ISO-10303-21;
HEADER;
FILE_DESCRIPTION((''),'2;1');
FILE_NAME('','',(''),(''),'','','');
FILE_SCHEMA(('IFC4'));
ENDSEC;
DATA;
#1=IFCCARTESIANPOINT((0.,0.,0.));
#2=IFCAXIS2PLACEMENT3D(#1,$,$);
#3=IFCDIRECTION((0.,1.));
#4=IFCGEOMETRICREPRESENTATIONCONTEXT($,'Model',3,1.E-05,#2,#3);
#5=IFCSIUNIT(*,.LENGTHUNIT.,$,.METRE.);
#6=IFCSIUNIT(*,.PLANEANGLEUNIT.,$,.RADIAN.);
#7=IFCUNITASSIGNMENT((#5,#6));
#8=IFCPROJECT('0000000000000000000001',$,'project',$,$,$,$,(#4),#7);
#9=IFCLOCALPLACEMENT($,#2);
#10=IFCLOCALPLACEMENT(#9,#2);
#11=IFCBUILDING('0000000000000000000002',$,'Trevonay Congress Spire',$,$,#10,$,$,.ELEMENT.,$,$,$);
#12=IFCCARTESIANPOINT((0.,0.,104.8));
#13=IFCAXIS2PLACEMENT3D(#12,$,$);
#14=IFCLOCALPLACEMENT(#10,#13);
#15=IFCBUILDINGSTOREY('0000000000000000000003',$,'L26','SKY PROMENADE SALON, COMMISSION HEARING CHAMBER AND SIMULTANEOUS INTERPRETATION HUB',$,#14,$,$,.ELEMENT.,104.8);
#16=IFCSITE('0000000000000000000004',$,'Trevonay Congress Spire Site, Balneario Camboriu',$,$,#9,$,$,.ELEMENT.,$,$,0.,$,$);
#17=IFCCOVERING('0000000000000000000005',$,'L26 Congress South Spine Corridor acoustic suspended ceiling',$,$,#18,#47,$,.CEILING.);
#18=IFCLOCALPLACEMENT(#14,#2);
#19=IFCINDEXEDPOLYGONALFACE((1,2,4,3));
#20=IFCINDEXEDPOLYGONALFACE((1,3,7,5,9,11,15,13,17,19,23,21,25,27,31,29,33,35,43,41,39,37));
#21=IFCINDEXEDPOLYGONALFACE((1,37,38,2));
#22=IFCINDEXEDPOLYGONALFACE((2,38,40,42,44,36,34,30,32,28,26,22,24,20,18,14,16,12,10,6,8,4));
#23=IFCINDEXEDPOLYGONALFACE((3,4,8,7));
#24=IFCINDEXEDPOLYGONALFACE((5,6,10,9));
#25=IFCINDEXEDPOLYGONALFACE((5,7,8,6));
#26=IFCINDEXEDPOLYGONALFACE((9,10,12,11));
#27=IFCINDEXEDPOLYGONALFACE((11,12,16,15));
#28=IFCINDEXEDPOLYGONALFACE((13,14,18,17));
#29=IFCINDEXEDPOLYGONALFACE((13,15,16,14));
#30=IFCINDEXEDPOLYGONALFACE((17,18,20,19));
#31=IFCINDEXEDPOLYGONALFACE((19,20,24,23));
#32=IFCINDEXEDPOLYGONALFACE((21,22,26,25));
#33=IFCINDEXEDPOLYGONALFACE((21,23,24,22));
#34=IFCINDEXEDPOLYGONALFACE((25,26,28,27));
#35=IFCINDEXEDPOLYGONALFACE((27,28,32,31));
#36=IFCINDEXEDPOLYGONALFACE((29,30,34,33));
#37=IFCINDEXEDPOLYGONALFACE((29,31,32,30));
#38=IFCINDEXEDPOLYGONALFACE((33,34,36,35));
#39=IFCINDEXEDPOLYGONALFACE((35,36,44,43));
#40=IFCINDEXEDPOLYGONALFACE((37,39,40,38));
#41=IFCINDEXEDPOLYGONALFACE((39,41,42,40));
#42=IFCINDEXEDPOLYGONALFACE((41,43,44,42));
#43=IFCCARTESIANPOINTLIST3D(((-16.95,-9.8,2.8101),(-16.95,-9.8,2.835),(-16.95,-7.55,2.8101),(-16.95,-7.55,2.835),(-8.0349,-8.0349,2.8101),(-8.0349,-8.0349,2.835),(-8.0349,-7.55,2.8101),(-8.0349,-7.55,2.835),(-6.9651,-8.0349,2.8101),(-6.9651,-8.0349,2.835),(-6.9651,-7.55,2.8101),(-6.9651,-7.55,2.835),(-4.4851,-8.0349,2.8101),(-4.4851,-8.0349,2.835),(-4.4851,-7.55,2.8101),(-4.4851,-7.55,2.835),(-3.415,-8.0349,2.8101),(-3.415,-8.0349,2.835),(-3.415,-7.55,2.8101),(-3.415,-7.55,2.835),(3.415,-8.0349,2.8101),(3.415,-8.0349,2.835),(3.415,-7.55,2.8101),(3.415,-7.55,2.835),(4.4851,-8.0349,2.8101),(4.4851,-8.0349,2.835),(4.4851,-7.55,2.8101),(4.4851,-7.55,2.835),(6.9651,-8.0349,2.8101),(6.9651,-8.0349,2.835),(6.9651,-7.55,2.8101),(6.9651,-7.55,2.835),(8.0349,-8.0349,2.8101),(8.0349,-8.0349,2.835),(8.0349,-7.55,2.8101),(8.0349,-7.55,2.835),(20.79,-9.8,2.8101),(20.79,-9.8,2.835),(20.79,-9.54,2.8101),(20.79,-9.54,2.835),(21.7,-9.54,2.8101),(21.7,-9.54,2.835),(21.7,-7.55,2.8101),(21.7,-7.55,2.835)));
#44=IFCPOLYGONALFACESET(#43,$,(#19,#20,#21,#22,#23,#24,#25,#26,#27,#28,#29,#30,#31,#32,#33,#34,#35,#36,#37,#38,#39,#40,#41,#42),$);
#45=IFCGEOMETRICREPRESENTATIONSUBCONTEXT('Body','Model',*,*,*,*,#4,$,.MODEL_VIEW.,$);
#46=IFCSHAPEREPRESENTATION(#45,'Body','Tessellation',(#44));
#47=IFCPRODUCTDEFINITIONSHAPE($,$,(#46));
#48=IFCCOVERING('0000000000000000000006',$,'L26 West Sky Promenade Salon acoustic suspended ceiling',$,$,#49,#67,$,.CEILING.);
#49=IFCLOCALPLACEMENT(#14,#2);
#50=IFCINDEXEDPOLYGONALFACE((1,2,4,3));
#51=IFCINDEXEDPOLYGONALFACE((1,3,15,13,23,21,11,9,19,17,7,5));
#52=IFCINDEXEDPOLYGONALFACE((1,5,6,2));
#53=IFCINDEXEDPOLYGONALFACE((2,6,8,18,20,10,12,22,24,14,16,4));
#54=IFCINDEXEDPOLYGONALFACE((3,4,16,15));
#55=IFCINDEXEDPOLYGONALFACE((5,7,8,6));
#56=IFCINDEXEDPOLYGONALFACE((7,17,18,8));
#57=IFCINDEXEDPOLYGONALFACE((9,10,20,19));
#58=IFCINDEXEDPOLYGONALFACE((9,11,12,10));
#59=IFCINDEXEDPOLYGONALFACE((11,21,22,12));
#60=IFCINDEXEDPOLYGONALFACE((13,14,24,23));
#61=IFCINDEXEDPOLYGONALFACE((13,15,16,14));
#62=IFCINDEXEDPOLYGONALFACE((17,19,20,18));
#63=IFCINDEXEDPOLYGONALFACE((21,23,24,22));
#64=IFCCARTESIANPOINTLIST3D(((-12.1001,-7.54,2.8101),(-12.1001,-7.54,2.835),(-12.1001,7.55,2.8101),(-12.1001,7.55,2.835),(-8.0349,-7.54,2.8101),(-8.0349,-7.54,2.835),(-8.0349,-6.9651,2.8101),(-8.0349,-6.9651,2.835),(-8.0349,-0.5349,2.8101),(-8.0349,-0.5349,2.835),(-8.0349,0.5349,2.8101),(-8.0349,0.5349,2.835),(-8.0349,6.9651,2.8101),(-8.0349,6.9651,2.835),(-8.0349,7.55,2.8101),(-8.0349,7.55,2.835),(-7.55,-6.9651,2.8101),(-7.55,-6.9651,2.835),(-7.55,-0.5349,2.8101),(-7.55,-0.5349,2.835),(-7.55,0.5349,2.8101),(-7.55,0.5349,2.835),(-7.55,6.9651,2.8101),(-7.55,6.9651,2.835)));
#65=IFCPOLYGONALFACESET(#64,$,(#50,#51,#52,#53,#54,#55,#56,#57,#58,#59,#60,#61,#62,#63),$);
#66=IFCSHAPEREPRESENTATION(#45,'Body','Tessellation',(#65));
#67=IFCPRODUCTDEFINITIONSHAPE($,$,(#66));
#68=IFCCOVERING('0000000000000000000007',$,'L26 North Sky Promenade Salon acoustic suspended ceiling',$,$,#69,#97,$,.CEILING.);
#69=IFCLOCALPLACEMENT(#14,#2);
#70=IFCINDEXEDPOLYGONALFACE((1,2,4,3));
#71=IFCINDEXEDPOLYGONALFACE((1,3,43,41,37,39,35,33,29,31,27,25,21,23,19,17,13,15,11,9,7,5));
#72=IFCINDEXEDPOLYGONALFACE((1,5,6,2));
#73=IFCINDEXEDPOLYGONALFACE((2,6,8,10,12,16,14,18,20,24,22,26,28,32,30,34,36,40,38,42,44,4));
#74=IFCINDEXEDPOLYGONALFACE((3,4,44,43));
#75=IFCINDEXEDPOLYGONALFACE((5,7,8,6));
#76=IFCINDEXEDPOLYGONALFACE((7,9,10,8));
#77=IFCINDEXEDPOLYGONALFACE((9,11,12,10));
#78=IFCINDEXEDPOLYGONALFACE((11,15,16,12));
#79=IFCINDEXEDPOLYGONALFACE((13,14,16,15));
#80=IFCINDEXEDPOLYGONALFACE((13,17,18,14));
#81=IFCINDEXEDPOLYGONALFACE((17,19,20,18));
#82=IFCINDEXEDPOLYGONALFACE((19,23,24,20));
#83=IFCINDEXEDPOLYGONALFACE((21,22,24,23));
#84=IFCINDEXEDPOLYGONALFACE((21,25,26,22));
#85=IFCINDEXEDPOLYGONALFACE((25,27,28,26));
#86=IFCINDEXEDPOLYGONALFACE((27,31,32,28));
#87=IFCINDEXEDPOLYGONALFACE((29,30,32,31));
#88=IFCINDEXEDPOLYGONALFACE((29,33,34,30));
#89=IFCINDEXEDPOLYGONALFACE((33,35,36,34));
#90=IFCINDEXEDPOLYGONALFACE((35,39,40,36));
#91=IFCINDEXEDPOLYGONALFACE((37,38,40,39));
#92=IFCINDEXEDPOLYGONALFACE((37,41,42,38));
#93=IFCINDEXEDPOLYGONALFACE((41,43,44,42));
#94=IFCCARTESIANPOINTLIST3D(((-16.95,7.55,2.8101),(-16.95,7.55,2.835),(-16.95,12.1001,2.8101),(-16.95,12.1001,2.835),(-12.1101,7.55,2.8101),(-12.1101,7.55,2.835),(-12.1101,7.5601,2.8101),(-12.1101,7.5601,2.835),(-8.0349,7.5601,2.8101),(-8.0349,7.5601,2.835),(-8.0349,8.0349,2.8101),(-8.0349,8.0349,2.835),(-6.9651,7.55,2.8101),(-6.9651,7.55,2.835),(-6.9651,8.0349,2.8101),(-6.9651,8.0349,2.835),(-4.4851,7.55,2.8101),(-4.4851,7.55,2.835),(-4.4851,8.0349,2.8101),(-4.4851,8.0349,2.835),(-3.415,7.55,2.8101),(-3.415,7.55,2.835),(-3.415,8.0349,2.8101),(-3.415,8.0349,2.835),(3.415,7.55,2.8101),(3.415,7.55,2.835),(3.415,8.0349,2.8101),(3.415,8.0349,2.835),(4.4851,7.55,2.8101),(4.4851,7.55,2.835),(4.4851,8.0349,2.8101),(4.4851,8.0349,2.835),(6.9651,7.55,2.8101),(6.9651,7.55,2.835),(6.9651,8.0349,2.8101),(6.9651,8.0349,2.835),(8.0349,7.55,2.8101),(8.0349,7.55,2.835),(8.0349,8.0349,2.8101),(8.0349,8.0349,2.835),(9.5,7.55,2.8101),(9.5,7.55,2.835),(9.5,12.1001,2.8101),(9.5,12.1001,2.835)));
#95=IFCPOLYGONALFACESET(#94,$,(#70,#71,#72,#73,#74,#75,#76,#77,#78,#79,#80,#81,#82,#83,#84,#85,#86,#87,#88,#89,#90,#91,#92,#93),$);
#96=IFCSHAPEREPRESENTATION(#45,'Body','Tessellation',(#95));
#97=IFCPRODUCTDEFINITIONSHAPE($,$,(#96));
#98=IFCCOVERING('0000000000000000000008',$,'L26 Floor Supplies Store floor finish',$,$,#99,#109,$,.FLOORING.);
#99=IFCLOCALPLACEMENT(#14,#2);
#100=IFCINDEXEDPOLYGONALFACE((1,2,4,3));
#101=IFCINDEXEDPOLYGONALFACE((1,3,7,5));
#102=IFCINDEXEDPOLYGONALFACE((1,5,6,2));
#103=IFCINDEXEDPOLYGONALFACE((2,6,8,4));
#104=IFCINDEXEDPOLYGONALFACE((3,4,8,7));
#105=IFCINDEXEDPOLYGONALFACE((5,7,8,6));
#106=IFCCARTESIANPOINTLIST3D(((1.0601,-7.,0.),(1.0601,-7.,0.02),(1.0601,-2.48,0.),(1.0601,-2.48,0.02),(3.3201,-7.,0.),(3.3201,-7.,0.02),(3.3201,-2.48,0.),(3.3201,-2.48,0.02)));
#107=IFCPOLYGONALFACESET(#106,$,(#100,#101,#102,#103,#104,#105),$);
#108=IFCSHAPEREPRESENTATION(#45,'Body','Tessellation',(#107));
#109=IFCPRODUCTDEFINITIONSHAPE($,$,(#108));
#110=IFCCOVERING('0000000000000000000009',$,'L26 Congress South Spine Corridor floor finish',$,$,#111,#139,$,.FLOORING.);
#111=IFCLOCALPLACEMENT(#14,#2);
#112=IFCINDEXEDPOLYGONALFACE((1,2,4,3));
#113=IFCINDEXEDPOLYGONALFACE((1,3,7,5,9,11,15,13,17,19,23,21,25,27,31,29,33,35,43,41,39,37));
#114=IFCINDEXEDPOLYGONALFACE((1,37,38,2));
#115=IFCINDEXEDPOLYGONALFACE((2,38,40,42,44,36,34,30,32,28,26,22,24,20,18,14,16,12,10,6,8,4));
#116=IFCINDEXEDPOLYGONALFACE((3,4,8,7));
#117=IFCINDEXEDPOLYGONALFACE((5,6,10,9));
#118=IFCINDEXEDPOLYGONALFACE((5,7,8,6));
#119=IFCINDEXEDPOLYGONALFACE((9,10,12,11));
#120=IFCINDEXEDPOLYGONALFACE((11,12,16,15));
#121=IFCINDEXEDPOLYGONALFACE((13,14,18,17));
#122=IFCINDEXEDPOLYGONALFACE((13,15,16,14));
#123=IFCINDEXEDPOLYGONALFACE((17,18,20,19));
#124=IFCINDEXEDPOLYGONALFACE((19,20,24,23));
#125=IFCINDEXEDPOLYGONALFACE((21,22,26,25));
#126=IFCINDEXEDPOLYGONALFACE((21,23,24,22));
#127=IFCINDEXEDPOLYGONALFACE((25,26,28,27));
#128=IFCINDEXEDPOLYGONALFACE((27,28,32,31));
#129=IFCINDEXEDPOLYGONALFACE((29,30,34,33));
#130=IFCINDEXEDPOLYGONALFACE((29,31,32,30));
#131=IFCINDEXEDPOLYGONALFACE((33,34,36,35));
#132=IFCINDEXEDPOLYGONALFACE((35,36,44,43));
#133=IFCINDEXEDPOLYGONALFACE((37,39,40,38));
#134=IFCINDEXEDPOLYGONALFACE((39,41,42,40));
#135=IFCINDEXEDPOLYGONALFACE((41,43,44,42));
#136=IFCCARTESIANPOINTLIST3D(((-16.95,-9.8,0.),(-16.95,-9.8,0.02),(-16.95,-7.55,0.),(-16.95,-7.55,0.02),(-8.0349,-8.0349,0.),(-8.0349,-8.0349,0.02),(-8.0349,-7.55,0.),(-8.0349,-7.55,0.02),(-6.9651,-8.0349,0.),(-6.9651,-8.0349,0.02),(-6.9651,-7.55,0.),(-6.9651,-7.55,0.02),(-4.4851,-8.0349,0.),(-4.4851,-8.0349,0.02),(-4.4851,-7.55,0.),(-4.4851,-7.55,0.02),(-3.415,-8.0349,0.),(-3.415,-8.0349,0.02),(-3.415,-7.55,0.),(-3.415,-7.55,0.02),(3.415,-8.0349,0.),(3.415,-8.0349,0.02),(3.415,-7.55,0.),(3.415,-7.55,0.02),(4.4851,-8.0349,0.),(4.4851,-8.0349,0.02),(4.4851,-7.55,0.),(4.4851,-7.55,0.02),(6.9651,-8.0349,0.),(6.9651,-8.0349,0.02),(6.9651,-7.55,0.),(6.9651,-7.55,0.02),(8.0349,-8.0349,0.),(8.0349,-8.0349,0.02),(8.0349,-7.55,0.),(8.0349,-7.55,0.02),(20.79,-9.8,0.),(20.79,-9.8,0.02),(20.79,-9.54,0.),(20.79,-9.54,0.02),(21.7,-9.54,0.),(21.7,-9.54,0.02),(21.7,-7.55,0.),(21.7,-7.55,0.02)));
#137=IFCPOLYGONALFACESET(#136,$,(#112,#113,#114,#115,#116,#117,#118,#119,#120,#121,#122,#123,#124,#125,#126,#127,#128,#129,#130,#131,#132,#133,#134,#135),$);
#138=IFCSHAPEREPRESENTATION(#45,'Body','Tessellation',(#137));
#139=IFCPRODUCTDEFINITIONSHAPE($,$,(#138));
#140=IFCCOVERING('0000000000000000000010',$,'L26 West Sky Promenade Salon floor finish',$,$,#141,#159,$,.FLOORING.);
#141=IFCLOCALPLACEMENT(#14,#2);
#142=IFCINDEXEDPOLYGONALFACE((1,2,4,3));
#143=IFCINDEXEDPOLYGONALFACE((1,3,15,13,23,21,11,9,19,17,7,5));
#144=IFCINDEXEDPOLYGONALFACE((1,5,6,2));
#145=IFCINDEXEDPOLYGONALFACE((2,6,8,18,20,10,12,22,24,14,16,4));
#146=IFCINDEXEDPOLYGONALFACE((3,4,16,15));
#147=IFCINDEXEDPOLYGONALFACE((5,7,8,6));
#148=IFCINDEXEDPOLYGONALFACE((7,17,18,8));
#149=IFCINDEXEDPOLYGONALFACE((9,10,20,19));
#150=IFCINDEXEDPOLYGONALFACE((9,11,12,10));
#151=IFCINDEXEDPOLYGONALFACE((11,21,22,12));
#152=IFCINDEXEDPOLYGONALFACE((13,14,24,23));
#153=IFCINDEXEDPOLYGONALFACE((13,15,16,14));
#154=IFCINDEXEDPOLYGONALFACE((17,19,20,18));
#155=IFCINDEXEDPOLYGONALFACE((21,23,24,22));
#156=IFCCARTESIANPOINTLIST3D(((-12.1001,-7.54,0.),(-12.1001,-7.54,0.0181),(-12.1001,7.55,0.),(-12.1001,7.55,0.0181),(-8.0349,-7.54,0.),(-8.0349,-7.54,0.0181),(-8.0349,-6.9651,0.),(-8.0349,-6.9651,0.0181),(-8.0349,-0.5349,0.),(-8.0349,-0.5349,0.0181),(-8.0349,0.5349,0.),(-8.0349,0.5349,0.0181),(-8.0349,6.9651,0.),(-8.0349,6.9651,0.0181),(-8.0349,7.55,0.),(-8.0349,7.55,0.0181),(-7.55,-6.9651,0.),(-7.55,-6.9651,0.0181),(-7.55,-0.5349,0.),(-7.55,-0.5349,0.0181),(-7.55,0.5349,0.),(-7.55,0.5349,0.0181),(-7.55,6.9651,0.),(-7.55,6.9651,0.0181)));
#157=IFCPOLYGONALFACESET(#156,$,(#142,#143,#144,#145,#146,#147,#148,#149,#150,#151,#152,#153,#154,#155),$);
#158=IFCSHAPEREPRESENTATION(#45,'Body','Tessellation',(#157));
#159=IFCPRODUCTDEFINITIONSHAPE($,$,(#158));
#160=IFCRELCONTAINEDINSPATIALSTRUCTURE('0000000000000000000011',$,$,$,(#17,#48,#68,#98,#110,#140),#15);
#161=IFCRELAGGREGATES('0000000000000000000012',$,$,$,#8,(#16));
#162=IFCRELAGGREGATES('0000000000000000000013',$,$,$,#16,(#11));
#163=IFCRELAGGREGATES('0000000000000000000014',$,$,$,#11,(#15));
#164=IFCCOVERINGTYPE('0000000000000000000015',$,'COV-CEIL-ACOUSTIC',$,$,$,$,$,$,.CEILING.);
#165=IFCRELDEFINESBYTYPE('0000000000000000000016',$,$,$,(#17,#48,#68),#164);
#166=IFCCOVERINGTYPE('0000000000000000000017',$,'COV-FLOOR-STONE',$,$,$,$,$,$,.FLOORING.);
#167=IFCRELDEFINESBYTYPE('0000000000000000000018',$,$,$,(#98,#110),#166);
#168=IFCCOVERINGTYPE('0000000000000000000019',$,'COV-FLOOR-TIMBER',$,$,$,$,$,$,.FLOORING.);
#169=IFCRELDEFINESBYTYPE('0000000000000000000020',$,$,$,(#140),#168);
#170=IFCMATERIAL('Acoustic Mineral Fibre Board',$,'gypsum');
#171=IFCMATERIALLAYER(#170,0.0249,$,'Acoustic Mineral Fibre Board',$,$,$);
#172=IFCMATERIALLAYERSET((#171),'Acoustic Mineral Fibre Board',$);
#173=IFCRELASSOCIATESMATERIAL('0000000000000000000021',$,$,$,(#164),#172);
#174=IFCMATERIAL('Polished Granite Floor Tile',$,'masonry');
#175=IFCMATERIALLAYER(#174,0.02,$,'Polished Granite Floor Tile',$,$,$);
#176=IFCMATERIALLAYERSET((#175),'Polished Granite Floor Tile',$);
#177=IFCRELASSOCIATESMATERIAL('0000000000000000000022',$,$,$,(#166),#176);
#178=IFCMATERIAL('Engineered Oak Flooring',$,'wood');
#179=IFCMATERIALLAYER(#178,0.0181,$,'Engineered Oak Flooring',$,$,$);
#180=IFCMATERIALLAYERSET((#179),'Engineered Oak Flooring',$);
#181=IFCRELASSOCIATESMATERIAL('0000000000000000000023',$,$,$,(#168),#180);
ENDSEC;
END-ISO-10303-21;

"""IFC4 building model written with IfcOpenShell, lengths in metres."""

from ifc_helpers import new_model, si_unit, direction, frame, origin, place, context, subcontext, project, spatial, polyline, outline, extrude, material, layer, layer_set, type_object, element, save


model = new_model("IFC4")

# Units and contexts
model_context = context("Model", 3, precision=1e-05, world=origin(), true_north=direction((0.0, 1.0)))
body_context = subcontext(model_context, "Body", "Model", "MODEL_VIEW")
ifc_project = project(units=[si_unit("LENGTHUNIT", "METRE"), si_unit("PLANEANGLEUNIT", "RADIAN")], contexts=[model_context])

# Site, building, storey
site_placement = place(None, origin())
site = spatial("IfcSite", under=ifc_project, at=site_placement, Name="Trevonay Congress Spire Site, Balneario Camboriu", CompositionType="ELEMENT", RefElevation=0.0)
building_placement = place(site_placement, origin())
building = spatial("IfcBuilding", under=site, at=building_placement, Name="Trevonay Congress Spire", CompositionType="ELEMENT")
storey_placement = place(building_placement, frame((0.0, 0.0, 104.8)))
storey = spatial("IfcBuildingStorey", under=building, at=storey_placement, Name="L26", Description="SKY PROMENADE SALON, COMMISSION HEARING CHAMBER AND SIMULTANEOUS INTERPRETATION HUB", CompositionType="ELEMENT", Elevation=104.8)

# Coverings
ifc_material_1 = material(Name="Acoustic Mineral Fibre Board", Category="gypsum")
ifc_layer_1 = layer(ifc_material_1, 0.0249, Name="Acoustic Mineral Fibre Board")
ifc_layer_set_1 = layer_set([ifc_layer_1], Name="Acoustic Mineral Fibre Board")
covering_type_1 = type_object("IfcCoveringType", Name="COV-CEIL-ACOUSTIC", PredefinedType="CEILING", material=ifc_layer_set_1)
covering_1_placement = place(storey_placement, frame((0.0, 0.0, 2.8101)))
element("IfcCovering", 1, at=covering_1_placement, inside=storey, type_object=covering_type_1, Name="L26 Congress South Spine Corridor acoustic suspended ceiling", PredefinedType="CEILING", context=body_context, shape_type="SweptSolid", body=[
    extrude(outline(polyline([(-16.95, -9.8), (-16.95, -7.55), (-8.0349, -7.55), (-8.0349, -8.0349), (-6.9651, -8.0349), (-6.9651, -7.55), (-4.4851, -7.55), (-4.4851, -8.0349), (-3.415, -8.0349), (-3.415, -7.55), (3.415, -7.55), (3.415, -8.0349), (4.4851, -8.0349), (4.4851, -7.55), (6.9651, -7.55), (6.9651, -8.0349), (8.0349, -8.0349), (8.0349, -7.55), (21.7, -7.55), (21.7, -9.54), (20.79, -9.54), (20.79, -9.8), (-16.95, -9.8)])), origin(), (0.0, 0.0, 1.0), 0.0249),
])
covering_2_placement = place(storey_placement, frame((0.0, 0.0, 2.8101)))
element("IfcCovering", 2, at=covering_2_placement, inside=storey, type_object=covering_type_1, Name="L26 West Sky Promenade Salon acoustic suspended ceiling", PredefinedType="CEILING", context=body_context, shape_type="SweptSolid", body=[
    extrude(outline(polyline([(-12.1001, 7.55), (-8.0349, 7.55), (-8.0349, 6.9651), (-7.55, 6.9651), (-7.55, 0.5349), (-8.0349, 0.5349), (-8.0349, -0.5349), (-7.55, -0.5349), (-7.55, -6.9651), (-8.0349, -6.9651), (-8.0349, -7.54), (-12.1001, -7.54), (-12.1001, 7.55)])), origin(), (0.0, 0.0, 1.0), 0.0249),
])
covering_3_placement = place(storey_placement, frame((0.0, 0.0, 2.8101)))
element("IfcCovering", 3, at=covering_3_placement, inside=storey, type_object=covering_type_1, Name="L26 North Sky Promenade Salon acoustic suspended ceiling", PredefinedType="CEILING", context=body_context, shape_type="SweptSolid", body=[
    extrude(outline(polyline([(-16.95, 12.1001), (9.5, 12.1001), (9.5, 7.55), (8.0349, 7.55), (8.0349, 8.0349), (6.9651, 8.0349), (6.9651, 7.55), (4.4851, 7.55), (4.4851, 8.0349), (3.415, 8.0349), (3.415, 7.55), (-3.415, 7.55), (-3.415, 8.0349), (-4.4851, 8.0349), (-4.4851, 7.55), (-6.9651, 7.55), (-6.9651, 8.0349), (-8.0349, 8.0349), (-8.0349, 7.5601), (-12.1101, 7.5601), (-12.1101, 7.55), (-16.95, 7.55), (-16.95, 12.1001)])), origin(), (0.0, 0.0, 1.0), 0.0249),
])
ifc_material_2 = material(Name="Polished Granite Floor Tile", Category="masonry")
ifc_layer_2 = layer(ifc_material_2, 0.02, Name="Polished Granite Floor Tile")
ifc_layer_set_2 = layer_set([ifc_layer_2], Name="Polished Granite Floor Tile")
covering_type_2 = type_object("IfcCoveringType", Name="COV-FLOOR-STONE", PredefinedType="FLOORING", material=ifc_layer_set_2)
covering_4_placement = place(storey_placement, origin())
element("IfcCovering", 4, at=covering_4_placement, inside=storey, type_object=covering_type_2, Name="L26 Floor Supplies Store floor finish", PredefinedType="FLOORING", context=body_context, shape_type="SweptSolid", body=[
    extrude(outline(polyline([(1.0601, -7.0), (3.3201, -7.0), (3.3201, -2.48), (1.0601, -2.48), (1.0601, -7.0)])), origin(), (0.0, 0.0, 1.0), 0.02),
])
covering_5_placement = place(storey_placement, origin())
element("IfcCovering", 5, at=covering_5_placement, inside=storey, type_object=covering_type_2, Name="L26 Congress South Spine Corridor floor finish", PredefinedType="FLOORING", context=body_context, shape_type="SweptSolid", body=[
    extrude(outline(polyline([(-16.95, -9.8), (-16.95, -7.55), (-8.0349, -7.55), (-8.0349, -8.0349), (-6.9651, -8.0349), (-6.9651, -7.55), (-4.4851, -7.55), (-4.4851, -8.0349), (-3.415, -8.0349), (-3.415, -7.55), (3.415, -7.55), (3.415, -8.0349), (4.4851, -8.0349), (4.4851, -7.55), (6.9651, -7.55), (6.9651, -8.0349), (8.0349, -8.0349), (8.0349, -7.55), (21.7, -7.55), (21.7, -9.54), (20.79, -9.54), (20.79, -9.8), (-16.95, -9.8)])), origin(), (0.0, 0.0, 1.0), 0.02),
])
ifc_material_3 = material(Name="Engineered Oak Flooring", Category="wood")
ifc_layer_3 = layer(ifc_material_3, 0.0181, Name="Engineered Oak Flooring")
ifc_layer_set_3 = layer_set([ifc_layer_3], Name="Engineered Oak Flooring")
covering_type_3 = type_object("IfcCoveringType", Name="COV-FLOOR-TIMBER", PredefinedType="FLOORING", material=ifc_layer_set_3)
covering_6_placement = place(storey_placement, origin())
element("IfcCovering", 6, at=covering_6_placement, inside=storey, type_object=covering_type_3, Name="L26 West Sky Promenade Salon floor finish", PredefinedType="FLOORING", context=body_context, shape_type="SweptSolid", body=[
    extrude(outline(polyline([(-12.1001, 7.55), (-8.0349, 7.55), (-8.0349, 6.9651), (-7.55, 6.9651), (-7.55, 0.5349), (-8.0349, 0.5349), (-8.0349, -0.5349), (-7.55, -0.5349), (-7.55, -6.9651), (-8.0349, -6.9651), (-8.0349, -7.54), (-12.1001, -7.54), (-12.1001, 7.55)])), origin(), (0.0, 0.0, 1.0), 0.0181),
])

save(model, "model.ifc")
